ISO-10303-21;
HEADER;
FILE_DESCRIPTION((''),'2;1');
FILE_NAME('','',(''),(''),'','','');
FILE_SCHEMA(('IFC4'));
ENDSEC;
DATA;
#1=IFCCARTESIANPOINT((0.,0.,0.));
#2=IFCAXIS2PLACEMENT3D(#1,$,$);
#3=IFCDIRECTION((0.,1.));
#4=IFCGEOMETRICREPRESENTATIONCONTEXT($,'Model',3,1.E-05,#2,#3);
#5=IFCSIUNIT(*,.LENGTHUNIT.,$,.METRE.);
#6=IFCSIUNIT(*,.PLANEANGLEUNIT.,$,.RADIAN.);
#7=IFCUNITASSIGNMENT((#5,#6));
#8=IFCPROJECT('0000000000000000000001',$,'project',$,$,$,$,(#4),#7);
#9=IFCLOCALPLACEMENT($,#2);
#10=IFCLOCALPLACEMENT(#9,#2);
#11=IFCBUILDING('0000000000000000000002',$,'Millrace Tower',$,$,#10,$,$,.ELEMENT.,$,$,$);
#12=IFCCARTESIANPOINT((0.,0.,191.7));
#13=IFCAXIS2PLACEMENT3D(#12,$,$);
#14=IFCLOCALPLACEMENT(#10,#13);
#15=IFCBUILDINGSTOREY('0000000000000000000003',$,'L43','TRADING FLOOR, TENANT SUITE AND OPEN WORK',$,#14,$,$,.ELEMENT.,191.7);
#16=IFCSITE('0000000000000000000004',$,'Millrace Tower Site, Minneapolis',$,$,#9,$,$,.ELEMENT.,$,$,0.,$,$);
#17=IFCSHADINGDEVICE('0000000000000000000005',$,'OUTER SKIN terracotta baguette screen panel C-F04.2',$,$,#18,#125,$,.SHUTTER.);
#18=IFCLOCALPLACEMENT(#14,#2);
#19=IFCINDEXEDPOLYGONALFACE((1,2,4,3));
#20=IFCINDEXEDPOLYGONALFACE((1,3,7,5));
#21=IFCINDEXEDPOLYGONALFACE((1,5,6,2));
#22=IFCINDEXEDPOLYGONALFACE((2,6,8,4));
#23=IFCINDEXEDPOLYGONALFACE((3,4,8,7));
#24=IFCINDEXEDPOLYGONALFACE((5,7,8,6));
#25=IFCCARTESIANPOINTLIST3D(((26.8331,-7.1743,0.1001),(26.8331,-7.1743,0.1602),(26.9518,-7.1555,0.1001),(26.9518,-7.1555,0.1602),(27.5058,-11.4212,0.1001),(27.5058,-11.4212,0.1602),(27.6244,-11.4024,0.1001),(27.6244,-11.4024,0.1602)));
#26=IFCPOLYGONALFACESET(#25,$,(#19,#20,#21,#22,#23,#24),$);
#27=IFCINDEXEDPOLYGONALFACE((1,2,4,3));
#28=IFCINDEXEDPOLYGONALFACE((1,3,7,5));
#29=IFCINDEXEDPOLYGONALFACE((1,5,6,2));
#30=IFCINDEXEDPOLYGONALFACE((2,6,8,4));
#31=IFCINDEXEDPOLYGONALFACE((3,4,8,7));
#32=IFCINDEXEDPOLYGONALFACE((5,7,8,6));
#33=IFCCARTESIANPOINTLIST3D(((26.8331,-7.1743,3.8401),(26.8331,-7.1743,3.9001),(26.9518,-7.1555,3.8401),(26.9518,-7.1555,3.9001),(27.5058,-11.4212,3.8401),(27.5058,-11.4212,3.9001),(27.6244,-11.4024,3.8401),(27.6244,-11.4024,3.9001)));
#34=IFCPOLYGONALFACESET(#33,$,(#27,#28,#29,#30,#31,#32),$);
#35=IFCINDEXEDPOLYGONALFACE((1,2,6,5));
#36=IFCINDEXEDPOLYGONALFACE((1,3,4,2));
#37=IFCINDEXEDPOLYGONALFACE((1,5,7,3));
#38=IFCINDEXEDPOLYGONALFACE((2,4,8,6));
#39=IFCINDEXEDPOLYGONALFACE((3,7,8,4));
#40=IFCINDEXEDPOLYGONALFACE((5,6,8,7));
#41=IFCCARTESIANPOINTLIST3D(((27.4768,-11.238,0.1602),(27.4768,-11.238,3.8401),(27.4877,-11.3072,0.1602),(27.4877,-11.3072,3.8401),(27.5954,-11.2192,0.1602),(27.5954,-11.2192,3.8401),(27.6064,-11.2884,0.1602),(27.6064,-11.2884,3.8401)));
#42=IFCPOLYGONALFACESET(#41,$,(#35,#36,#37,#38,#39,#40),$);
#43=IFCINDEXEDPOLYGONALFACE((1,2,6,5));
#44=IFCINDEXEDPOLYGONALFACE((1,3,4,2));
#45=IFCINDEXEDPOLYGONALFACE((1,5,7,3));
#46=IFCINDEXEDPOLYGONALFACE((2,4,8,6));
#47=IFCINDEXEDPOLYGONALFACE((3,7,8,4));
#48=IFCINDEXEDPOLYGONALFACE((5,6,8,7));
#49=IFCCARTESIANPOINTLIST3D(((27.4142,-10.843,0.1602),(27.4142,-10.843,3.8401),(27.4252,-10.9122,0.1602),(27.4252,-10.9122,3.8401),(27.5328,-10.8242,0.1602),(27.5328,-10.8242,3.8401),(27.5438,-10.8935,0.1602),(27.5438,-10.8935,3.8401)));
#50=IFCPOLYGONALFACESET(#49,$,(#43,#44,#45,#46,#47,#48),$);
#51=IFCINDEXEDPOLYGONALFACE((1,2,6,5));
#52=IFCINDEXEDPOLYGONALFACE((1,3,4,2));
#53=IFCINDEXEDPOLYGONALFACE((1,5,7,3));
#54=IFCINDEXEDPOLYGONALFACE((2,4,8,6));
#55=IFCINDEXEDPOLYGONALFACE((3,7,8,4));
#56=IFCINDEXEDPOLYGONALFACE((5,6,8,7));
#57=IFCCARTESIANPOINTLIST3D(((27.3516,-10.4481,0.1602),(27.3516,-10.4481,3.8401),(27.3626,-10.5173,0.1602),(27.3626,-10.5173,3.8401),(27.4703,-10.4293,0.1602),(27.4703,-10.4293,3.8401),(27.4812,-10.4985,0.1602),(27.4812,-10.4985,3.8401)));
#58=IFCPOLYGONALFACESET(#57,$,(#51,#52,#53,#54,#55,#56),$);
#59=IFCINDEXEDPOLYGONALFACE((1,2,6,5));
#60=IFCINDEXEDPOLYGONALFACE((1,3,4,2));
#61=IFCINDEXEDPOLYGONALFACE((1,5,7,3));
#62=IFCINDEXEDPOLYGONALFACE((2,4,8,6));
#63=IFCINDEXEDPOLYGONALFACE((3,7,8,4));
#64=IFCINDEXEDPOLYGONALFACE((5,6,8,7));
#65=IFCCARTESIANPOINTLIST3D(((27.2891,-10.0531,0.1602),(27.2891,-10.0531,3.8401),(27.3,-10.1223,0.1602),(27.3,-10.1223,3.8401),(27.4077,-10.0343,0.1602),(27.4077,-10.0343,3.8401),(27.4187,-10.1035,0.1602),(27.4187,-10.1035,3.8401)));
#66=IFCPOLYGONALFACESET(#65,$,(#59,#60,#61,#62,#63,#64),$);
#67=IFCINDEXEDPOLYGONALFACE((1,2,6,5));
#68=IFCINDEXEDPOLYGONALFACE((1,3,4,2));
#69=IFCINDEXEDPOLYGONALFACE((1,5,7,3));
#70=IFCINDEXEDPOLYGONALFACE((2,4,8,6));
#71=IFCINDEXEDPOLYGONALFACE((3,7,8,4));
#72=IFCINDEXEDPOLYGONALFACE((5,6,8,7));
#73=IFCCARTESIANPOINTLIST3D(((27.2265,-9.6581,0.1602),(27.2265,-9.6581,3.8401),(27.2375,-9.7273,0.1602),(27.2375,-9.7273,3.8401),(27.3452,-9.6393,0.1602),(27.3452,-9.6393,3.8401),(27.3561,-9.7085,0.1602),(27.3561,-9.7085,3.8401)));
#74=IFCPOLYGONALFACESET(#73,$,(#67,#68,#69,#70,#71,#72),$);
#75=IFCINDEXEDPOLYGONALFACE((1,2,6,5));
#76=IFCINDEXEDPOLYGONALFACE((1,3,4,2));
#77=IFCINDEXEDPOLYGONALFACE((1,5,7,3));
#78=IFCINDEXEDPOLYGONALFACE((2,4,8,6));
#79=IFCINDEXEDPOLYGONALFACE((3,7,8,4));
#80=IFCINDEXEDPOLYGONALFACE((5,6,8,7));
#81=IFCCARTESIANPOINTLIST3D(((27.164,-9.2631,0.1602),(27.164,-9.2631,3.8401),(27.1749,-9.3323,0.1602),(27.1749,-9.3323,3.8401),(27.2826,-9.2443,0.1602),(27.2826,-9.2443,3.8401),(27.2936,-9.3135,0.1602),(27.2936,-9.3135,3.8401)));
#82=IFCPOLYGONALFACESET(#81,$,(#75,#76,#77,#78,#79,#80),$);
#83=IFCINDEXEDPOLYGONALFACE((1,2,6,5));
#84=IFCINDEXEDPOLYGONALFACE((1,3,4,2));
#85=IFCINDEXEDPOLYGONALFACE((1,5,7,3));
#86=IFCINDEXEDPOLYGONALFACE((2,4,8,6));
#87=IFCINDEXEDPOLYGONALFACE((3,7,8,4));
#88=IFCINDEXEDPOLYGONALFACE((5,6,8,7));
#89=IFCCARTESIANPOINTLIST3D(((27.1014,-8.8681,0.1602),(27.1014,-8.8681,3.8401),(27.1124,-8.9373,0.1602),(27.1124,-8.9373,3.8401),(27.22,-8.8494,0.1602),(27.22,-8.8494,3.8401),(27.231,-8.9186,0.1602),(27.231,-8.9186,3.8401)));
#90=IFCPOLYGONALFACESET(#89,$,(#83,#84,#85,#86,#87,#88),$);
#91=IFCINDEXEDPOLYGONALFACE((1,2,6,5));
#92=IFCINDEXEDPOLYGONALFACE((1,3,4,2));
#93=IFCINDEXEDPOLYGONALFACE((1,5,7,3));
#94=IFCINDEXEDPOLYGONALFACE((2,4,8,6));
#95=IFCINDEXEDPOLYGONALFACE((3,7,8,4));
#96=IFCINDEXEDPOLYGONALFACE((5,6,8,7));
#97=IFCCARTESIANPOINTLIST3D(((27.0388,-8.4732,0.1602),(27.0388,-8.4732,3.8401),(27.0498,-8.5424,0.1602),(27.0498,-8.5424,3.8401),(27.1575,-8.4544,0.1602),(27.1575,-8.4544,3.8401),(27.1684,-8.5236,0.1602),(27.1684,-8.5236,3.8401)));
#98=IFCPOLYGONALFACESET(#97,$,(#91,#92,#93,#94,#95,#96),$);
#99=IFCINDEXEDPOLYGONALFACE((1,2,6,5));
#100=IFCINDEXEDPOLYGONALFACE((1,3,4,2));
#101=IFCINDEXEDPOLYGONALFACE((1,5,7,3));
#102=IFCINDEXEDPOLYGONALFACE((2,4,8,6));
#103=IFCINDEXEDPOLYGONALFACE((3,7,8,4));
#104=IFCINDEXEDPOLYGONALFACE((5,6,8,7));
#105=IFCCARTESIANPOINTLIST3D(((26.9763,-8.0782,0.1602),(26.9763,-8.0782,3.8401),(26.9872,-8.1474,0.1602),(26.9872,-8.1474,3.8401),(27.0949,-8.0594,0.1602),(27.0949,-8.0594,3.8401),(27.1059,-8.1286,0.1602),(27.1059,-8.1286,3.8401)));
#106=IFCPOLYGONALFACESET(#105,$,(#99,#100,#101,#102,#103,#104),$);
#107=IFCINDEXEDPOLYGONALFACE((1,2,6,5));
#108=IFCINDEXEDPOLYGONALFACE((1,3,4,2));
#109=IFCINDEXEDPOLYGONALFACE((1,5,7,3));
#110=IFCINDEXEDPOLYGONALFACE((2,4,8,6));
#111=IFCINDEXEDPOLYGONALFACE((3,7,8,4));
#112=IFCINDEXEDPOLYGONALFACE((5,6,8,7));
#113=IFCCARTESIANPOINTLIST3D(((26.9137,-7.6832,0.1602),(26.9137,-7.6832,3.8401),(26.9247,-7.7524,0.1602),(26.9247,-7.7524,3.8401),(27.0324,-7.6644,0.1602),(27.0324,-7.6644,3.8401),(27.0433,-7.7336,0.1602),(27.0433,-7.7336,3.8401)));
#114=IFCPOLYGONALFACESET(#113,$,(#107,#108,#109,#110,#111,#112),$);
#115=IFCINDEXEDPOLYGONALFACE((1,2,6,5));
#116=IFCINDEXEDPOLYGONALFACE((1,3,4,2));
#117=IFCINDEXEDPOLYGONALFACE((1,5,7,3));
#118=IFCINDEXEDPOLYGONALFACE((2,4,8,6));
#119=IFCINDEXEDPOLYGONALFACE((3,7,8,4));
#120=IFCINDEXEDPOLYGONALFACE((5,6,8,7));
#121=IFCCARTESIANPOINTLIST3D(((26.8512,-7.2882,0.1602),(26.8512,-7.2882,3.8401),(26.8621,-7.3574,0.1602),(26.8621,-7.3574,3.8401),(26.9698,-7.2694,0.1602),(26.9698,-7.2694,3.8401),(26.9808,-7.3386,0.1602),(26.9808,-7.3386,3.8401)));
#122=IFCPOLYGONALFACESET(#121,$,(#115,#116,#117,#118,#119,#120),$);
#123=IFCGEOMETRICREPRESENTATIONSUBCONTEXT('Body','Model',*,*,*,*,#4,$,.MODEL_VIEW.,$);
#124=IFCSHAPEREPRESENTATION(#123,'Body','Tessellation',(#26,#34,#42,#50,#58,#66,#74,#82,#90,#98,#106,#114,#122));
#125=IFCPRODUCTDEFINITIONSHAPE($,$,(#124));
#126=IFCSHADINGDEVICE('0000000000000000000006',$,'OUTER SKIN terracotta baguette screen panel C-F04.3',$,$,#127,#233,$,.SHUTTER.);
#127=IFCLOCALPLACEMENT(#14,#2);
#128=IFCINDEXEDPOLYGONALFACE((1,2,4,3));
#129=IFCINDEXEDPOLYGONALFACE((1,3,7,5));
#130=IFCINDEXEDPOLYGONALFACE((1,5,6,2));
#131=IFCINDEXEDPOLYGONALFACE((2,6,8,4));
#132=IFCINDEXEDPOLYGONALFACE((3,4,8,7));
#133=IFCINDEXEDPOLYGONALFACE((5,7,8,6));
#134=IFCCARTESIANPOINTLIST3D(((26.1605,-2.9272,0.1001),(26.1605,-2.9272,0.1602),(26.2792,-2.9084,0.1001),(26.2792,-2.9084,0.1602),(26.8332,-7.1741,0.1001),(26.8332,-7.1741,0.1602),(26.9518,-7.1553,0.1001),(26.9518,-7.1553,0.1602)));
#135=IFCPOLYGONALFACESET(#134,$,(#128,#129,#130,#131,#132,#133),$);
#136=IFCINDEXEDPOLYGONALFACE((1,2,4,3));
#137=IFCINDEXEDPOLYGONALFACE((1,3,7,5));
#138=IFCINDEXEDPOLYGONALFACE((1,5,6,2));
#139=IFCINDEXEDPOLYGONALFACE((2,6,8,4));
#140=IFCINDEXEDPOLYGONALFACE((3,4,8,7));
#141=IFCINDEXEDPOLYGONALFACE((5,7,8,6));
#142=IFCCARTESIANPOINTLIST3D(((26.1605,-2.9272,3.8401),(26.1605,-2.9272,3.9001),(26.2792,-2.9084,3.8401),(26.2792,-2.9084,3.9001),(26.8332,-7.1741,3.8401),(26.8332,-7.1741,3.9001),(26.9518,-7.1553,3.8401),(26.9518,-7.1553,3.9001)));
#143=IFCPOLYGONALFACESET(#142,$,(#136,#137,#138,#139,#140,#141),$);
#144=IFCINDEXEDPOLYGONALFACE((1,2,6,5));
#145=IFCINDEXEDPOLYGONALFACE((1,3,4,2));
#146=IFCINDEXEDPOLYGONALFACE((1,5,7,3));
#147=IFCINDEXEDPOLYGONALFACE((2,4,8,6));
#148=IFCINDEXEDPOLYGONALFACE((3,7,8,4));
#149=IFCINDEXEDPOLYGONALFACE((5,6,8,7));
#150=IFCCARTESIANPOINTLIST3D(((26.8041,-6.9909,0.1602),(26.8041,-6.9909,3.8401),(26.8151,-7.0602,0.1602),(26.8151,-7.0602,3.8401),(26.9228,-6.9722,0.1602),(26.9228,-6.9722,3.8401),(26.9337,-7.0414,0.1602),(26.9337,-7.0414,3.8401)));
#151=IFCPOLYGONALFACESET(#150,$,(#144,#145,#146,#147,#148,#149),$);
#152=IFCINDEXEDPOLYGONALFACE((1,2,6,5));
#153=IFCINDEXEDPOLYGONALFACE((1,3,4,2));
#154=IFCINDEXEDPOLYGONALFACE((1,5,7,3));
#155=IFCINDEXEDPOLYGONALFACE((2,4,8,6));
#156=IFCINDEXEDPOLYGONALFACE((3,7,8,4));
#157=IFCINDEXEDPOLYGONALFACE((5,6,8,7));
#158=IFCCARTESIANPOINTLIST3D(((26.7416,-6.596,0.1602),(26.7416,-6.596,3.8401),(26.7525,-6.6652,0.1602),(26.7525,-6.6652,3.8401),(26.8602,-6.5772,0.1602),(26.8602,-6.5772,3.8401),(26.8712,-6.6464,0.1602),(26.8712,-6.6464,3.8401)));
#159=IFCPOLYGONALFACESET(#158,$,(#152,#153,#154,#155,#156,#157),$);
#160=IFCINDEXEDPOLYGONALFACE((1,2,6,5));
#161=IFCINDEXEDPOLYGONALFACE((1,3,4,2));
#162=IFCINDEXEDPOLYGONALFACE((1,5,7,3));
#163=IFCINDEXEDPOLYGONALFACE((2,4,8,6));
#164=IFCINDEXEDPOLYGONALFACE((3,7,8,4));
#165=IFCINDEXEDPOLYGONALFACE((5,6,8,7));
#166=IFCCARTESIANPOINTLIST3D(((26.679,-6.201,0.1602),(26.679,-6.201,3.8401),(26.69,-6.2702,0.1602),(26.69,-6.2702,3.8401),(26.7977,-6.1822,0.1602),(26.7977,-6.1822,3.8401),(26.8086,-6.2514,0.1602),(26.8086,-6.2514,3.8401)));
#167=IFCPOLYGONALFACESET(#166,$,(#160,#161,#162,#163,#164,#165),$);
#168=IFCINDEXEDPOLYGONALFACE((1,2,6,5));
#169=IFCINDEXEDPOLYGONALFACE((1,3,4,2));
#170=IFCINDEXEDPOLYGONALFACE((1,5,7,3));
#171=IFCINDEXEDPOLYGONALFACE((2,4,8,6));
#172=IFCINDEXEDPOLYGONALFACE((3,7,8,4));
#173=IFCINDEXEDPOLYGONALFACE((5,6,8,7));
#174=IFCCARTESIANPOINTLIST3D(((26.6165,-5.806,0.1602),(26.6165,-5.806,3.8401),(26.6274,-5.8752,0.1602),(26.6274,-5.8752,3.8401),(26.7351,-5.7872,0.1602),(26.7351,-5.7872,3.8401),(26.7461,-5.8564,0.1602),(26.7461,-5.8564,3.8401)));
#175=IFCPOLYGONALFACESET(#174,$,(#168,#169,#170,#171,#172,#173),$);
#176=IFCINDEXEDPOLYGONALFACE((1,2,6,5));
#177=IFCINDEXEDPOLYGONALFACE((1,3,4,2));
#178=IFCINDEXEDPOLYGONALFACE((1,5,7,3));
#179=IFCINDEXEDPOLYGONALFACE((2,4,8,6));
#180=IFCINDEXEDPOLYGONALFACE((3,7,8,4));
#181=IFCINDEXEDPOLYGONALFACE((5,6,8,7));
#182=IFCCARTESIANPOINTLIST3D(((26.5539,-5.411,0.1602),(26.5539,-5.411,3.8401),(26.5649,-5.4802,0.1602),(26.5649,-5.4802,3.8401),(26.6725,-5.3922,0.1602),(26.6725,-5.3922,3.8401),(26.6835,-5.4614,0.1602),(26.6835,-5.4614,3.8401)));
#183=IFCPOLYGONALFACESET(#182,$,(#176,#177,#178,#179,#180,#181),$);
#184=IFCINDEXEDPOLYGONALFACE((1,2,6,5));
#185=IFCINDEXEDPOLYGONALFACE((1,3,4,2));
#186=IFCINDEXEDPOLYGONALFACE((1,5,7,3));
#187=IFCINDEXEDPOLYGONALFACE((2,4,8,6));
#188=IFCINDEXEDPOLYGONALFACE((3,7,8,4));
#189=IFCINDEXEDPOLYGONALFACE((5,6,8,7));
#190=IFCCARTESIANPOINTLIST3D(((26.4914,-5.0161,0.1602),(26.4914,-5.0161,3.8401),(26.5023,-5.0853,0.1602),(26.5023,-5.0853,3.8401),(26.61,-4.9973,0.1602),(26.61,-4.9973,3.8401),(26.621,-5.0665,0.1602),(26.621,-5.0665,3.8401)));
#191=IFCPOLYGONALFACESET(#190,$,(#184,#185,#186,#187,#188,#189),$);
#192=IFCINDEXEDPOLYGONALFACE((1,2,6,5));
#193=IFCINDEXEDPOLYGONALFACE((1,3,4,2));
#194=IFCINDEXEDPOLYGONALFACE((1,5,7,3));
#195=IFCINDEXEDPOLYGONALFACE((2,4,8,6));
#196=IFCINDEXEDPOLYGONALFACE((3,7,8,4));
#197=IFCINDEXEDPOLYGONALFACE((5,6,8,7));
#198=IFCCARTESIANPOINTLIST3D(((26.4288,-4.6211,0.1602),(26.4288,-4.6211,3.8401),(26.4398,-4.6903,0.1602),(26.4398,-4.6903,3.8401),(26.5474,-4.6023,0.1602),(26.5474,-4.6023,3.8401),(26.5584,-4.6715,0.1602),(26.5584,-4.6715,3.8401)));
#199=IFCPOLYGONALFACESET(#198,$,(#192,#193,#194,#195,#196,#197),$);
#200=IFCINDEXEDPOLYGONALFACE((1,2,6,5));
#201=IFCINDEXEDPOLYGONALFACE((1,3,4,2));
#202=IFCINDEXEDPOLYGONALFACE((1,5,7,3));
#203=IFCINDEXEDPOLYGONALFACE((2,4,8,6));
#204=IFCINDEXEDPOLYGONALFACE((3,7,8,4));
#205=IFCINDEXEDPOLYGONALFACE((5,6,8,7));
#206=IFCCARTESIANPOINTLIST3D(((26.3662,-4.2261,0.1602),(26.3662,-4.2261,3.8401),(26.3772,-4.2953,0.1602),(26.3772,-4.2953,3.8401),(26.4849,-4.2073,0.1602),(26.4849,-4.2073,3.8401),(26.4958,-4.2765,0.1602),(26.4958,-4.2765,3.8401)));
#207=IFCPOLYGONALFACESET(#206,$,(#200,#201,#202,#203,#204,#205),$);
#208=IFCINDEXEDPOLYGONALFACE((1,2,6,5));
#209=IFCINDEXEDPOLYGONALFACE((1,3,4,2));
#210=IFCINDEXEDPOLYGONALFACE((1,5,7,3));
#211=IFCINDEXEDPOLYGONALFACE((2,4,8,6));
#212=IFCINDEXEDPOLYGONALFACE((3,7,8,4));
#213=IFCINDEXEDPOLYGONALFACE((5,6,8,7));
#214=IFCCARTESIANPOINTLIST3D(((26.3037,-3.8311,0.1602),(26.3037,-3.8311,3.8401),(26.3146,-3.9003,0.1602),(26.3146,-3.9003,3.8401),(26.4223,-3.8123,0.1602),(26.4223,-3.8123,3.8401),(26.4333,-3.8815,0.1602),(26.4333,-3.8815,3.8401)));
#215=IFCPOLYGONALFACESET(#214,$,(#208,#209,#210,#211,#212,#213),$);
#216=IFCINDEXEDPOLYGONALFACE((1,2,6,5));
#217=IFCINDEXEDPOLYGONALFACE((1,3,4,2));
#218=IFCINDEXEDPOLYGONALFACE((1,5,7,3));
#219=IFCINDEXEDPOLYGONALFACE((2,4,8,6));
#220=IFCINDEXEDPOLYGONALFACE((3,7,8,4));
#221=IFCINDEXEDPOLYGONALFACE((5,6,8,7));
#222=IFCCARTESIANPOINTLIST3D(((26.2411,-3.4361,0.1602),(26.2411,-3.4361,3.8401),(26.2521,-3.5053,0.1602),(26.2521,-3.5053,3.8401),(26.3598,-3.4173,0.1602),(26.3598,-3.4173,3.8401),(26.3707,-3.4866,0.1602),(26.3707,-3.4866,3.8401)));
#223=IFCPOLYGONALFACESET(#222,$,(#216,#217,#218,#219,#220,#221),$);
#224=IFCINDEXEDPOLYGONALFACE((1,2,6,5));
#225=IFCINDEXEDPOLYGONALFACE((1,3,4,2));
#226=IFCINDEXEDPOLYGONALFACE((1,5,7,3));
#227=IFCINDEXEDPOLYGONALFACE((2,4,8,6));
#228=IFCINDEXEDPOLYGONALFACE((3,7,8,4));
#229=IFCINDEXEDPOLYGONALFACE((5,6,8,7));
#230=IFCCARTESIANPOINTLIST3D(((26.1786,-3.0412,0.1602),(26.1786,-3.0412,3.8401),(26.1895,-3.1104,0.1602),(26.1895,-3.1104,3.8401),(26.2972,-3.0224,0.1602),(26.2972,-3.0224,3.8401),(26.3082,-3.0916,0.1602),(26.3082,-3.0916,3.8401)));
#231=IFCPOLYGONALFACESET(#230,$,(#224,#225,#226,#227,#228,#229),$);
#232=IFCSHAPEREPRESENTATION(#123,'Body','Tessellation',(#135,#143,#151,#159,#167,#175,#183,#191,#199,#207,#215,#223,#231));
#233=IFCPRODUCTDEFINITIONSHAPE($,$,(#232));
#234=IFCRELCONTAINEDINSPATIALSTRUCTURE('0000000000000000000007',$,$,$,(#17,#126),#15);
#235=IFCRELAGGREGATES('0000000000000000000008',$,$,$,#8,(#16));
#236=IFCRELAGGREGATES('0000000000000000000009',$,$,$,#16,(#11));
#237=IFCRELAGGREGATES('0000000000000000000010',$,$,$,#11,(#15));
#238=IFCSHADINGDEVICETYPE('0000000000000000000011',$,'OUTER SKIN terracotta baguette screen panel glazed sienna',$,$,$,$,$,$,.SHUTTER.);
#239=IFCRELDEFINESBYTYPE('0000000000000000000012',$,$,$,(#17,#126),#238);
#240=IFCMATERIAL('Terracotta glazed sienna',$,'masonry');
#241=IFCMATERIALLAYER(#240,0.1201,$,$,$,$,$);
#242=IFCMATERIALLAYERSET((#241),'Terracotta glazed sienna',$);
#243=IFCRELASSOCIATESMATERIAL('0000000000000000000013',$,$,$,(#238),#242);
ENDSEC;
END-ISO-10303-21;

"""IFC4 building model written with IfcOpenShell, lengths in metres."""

from ifc_helpers import new_model, entity, si_unit, direction, frame, frame_2d, origin, origin_2d, place, context, subcontext, project, spatial, rectangle, extrude, source, transform, mapped, material, layer, layer_set, type_object, element, save


model = new_model("IFC4")

# Units and contexts
model_context = context("Model", 3, precision=1e-05, world=origin(), true_north=direction((0.0, 1.0)))
body_context = subcontext(model_context, "Body", "Model", "MODEL_VIEW")
ifc_project = project(units=[si_unit("LENGTHUNIT", "METRE"), si_unit("PLANEANGLEUNIT", "RADIAN")], contexts=[model_context])

# Site, building, storey
site_placement = place(None, origin())
site = spatial("IfcSite", under=ifc_project, at=site_placement, Name="Millrace Tower Site, Minneapolis", CompositionType="ELEMENT", RefElevation=0.0)
building_placement = place(site_placement, origin())
building = spatial("IfcBuilding", under=site, at=building_placement, Name="Millrace Tower", CompositionType="ELEMENT")
storey_placement = place(building_placement, frame((0.0, 0.0, 191.7)))
storey = spatial("IfcBuildingStorey", under=building, at=storey_placement, Name="L43", Description="TRADING FLOOR, TENANT SUITE AND OPEN WORK", CompositionType="ELEMENT", Elevation=191.7)

# Shading devices
ifc_material_1 = material(Name="Terracotta glazed sienna", Category="masonry")
ifc_layer_1 = layer(ifc_material_1, 0.1201)
ifc_layer_set_1 = layer_set([ifc_layer_1], Name="Terracotta glazed sienna")
shading_device_type = type_object("IfcShadingDeviceType", Name="OUTER SKIN terracotta baguette screen panel glazed sienna", PredefinedType="SHUTTER", material=ifc_layer_set_1)
cartesian_point = entity("IfcCartesianPoint", [-2.1499, 0.0601])
shared_polyline = entity("IfcPolyline", [cartesian_point, entity("IfcCartesianPoint", [2.1499, 0.0601]), entity("IfcCartesianPoint", [2.1499, -0.0601]), entity("IfcCartesianPoint", [-2.1499, -0.0601]), cartesian_point])
shared_shape = source(origin(), body_context, "Body", "SweptSolid", [
    entity("IfcExtrudedAreaSolid", entity("IfcArbitraryClosedProfileDef", "AREA", None, shared_polyline), entity("IfcAxis2Placement3D", entity("IfcCartesianPoint", [0.0, 0.0, 0.0])), entity("IfcDirection", [0.0, 0.0, 1.0]), 0.0601),
    entity("IfcExtrudedAreaSolid", entity("IfcArbitraryClosedProfileDef", "AREA", None, shared_polyline), entity("IfcAxis2Placement3D", entity("IfcCartesianPoint", [0.0, 0.0, 3.74])), entity("IfcDirection", [0.0, 0.0, 1.0]), 0.0601),
    extrude(rectangle(XDim=0.0701, YDim=0.1201, at=frame_2d((-1.9995, 0.0))), frame((0.0, 0.0, 0.0601)), (0.0, 0.0, 1.0), 3.6799),
    extrude(rectangle(XDim=0.0701, YDim=0.1201, at=frame_2d((-1.5996, 0.0))), frame((0.0, 0.0, 0.0601)), (0.0, 0.0, 1.0), 3.6799),
    extrude(rectangle(XDim=0.0701, YDim=0.1201, at=frame_2d((-1.1997, 0.0))), frame((0.0, 0.0, 0.0601)), (0.0, 0.0, 1.0), 3.6799),
    extrude(rectangle(XDim=0.0701, YDim=0.1201, at=frame_2d((-0.7998, 0.0))), frame((0.0, 0.0, 0.0601)), (0.0, 0.0, 1.0), 3.6799),
    extrude(rectangle(XDim=0.0701, YDim=0.1201, at=frame_2d((-0.3999, 0.0))), frame((0.0, 0.0, 0.0601)), (0.0, 0.0, 1.0), 3.6799),
    extrude(rectangle(XDim=0.0701, YDim=0.1201, at=origin_2d()), frame((0.0, 0.0, 0.0601)), (0.0, 0.0, 1.0), 3.6799),
    extrude(rectangle(XDim=0.0701, YDim=0.1201, at=frame_2d((0.3999, 0.0))), frame((0.0, 0.0, 0.0601)), (0.0, 0.0, 1.0), 3.6799),
    extrude(rectangle(XDim=0.0701, YDim=0.1201, at=frame_2d((0.7998, 0.0))), frame((0.0, 0.0, 0.0601)), (0.0, 0.0, 1.0), 3.6799),
    extrude(rectangle(XDim=0.0701, YDim=0.1201, at=frame_2d((1.1997, 0.0))), frame((0.0, 0.0, 0.0601)), (0.0, 0.0, 1.0), 3.6799),
    extrude(rectangle(XDim=0.0701, YDim=0.1201, at=frame_2d((1.5996, 0.0))), frame((0.0, 0.0, 0.0601)), (0.0, 0.0, 1.0), 3.6799),
    extrude(rectangle(XDim=0.0701, YDim=0.1201, at=frame_2d((1.9995, 0.0))), frame((0.0, 0.0, 0.0601)), (0.0, 0.0, 1.0), 3.6799),
])
for number, where, z_axis, x_axis, name in (
    (1, (27.2288, -9.2883, 0.1001), (0.0, 0.0, 1.0), (-0.156434, 0.987688, 0.0), "OUTER SKIN terracotta baguette screen panel C-F04.2"),
    (2, (26.5562, -5.0413, 0.1001), (0.0, 0.0, 1.0), (-0.156434, 0.987688, 0.0), "OUTER SKIN terracotta baguette screen panel C-F04.3"),
):
    element("IfcShadingDevice", number, at=place(storey_placement, frame(where, z_axis=z_axis, x_axis=x_axis)), inside=storey, type_object=shading_device_type, Name=name, PredefinedType="SHUTTER", context=body_context, shape_type="MappedRepresentation", body=[
        mapped(shared_shape, transform((0.0, 0.0, 0.0), scale=1.0)),
    ])

save(model, "model.ifc")
